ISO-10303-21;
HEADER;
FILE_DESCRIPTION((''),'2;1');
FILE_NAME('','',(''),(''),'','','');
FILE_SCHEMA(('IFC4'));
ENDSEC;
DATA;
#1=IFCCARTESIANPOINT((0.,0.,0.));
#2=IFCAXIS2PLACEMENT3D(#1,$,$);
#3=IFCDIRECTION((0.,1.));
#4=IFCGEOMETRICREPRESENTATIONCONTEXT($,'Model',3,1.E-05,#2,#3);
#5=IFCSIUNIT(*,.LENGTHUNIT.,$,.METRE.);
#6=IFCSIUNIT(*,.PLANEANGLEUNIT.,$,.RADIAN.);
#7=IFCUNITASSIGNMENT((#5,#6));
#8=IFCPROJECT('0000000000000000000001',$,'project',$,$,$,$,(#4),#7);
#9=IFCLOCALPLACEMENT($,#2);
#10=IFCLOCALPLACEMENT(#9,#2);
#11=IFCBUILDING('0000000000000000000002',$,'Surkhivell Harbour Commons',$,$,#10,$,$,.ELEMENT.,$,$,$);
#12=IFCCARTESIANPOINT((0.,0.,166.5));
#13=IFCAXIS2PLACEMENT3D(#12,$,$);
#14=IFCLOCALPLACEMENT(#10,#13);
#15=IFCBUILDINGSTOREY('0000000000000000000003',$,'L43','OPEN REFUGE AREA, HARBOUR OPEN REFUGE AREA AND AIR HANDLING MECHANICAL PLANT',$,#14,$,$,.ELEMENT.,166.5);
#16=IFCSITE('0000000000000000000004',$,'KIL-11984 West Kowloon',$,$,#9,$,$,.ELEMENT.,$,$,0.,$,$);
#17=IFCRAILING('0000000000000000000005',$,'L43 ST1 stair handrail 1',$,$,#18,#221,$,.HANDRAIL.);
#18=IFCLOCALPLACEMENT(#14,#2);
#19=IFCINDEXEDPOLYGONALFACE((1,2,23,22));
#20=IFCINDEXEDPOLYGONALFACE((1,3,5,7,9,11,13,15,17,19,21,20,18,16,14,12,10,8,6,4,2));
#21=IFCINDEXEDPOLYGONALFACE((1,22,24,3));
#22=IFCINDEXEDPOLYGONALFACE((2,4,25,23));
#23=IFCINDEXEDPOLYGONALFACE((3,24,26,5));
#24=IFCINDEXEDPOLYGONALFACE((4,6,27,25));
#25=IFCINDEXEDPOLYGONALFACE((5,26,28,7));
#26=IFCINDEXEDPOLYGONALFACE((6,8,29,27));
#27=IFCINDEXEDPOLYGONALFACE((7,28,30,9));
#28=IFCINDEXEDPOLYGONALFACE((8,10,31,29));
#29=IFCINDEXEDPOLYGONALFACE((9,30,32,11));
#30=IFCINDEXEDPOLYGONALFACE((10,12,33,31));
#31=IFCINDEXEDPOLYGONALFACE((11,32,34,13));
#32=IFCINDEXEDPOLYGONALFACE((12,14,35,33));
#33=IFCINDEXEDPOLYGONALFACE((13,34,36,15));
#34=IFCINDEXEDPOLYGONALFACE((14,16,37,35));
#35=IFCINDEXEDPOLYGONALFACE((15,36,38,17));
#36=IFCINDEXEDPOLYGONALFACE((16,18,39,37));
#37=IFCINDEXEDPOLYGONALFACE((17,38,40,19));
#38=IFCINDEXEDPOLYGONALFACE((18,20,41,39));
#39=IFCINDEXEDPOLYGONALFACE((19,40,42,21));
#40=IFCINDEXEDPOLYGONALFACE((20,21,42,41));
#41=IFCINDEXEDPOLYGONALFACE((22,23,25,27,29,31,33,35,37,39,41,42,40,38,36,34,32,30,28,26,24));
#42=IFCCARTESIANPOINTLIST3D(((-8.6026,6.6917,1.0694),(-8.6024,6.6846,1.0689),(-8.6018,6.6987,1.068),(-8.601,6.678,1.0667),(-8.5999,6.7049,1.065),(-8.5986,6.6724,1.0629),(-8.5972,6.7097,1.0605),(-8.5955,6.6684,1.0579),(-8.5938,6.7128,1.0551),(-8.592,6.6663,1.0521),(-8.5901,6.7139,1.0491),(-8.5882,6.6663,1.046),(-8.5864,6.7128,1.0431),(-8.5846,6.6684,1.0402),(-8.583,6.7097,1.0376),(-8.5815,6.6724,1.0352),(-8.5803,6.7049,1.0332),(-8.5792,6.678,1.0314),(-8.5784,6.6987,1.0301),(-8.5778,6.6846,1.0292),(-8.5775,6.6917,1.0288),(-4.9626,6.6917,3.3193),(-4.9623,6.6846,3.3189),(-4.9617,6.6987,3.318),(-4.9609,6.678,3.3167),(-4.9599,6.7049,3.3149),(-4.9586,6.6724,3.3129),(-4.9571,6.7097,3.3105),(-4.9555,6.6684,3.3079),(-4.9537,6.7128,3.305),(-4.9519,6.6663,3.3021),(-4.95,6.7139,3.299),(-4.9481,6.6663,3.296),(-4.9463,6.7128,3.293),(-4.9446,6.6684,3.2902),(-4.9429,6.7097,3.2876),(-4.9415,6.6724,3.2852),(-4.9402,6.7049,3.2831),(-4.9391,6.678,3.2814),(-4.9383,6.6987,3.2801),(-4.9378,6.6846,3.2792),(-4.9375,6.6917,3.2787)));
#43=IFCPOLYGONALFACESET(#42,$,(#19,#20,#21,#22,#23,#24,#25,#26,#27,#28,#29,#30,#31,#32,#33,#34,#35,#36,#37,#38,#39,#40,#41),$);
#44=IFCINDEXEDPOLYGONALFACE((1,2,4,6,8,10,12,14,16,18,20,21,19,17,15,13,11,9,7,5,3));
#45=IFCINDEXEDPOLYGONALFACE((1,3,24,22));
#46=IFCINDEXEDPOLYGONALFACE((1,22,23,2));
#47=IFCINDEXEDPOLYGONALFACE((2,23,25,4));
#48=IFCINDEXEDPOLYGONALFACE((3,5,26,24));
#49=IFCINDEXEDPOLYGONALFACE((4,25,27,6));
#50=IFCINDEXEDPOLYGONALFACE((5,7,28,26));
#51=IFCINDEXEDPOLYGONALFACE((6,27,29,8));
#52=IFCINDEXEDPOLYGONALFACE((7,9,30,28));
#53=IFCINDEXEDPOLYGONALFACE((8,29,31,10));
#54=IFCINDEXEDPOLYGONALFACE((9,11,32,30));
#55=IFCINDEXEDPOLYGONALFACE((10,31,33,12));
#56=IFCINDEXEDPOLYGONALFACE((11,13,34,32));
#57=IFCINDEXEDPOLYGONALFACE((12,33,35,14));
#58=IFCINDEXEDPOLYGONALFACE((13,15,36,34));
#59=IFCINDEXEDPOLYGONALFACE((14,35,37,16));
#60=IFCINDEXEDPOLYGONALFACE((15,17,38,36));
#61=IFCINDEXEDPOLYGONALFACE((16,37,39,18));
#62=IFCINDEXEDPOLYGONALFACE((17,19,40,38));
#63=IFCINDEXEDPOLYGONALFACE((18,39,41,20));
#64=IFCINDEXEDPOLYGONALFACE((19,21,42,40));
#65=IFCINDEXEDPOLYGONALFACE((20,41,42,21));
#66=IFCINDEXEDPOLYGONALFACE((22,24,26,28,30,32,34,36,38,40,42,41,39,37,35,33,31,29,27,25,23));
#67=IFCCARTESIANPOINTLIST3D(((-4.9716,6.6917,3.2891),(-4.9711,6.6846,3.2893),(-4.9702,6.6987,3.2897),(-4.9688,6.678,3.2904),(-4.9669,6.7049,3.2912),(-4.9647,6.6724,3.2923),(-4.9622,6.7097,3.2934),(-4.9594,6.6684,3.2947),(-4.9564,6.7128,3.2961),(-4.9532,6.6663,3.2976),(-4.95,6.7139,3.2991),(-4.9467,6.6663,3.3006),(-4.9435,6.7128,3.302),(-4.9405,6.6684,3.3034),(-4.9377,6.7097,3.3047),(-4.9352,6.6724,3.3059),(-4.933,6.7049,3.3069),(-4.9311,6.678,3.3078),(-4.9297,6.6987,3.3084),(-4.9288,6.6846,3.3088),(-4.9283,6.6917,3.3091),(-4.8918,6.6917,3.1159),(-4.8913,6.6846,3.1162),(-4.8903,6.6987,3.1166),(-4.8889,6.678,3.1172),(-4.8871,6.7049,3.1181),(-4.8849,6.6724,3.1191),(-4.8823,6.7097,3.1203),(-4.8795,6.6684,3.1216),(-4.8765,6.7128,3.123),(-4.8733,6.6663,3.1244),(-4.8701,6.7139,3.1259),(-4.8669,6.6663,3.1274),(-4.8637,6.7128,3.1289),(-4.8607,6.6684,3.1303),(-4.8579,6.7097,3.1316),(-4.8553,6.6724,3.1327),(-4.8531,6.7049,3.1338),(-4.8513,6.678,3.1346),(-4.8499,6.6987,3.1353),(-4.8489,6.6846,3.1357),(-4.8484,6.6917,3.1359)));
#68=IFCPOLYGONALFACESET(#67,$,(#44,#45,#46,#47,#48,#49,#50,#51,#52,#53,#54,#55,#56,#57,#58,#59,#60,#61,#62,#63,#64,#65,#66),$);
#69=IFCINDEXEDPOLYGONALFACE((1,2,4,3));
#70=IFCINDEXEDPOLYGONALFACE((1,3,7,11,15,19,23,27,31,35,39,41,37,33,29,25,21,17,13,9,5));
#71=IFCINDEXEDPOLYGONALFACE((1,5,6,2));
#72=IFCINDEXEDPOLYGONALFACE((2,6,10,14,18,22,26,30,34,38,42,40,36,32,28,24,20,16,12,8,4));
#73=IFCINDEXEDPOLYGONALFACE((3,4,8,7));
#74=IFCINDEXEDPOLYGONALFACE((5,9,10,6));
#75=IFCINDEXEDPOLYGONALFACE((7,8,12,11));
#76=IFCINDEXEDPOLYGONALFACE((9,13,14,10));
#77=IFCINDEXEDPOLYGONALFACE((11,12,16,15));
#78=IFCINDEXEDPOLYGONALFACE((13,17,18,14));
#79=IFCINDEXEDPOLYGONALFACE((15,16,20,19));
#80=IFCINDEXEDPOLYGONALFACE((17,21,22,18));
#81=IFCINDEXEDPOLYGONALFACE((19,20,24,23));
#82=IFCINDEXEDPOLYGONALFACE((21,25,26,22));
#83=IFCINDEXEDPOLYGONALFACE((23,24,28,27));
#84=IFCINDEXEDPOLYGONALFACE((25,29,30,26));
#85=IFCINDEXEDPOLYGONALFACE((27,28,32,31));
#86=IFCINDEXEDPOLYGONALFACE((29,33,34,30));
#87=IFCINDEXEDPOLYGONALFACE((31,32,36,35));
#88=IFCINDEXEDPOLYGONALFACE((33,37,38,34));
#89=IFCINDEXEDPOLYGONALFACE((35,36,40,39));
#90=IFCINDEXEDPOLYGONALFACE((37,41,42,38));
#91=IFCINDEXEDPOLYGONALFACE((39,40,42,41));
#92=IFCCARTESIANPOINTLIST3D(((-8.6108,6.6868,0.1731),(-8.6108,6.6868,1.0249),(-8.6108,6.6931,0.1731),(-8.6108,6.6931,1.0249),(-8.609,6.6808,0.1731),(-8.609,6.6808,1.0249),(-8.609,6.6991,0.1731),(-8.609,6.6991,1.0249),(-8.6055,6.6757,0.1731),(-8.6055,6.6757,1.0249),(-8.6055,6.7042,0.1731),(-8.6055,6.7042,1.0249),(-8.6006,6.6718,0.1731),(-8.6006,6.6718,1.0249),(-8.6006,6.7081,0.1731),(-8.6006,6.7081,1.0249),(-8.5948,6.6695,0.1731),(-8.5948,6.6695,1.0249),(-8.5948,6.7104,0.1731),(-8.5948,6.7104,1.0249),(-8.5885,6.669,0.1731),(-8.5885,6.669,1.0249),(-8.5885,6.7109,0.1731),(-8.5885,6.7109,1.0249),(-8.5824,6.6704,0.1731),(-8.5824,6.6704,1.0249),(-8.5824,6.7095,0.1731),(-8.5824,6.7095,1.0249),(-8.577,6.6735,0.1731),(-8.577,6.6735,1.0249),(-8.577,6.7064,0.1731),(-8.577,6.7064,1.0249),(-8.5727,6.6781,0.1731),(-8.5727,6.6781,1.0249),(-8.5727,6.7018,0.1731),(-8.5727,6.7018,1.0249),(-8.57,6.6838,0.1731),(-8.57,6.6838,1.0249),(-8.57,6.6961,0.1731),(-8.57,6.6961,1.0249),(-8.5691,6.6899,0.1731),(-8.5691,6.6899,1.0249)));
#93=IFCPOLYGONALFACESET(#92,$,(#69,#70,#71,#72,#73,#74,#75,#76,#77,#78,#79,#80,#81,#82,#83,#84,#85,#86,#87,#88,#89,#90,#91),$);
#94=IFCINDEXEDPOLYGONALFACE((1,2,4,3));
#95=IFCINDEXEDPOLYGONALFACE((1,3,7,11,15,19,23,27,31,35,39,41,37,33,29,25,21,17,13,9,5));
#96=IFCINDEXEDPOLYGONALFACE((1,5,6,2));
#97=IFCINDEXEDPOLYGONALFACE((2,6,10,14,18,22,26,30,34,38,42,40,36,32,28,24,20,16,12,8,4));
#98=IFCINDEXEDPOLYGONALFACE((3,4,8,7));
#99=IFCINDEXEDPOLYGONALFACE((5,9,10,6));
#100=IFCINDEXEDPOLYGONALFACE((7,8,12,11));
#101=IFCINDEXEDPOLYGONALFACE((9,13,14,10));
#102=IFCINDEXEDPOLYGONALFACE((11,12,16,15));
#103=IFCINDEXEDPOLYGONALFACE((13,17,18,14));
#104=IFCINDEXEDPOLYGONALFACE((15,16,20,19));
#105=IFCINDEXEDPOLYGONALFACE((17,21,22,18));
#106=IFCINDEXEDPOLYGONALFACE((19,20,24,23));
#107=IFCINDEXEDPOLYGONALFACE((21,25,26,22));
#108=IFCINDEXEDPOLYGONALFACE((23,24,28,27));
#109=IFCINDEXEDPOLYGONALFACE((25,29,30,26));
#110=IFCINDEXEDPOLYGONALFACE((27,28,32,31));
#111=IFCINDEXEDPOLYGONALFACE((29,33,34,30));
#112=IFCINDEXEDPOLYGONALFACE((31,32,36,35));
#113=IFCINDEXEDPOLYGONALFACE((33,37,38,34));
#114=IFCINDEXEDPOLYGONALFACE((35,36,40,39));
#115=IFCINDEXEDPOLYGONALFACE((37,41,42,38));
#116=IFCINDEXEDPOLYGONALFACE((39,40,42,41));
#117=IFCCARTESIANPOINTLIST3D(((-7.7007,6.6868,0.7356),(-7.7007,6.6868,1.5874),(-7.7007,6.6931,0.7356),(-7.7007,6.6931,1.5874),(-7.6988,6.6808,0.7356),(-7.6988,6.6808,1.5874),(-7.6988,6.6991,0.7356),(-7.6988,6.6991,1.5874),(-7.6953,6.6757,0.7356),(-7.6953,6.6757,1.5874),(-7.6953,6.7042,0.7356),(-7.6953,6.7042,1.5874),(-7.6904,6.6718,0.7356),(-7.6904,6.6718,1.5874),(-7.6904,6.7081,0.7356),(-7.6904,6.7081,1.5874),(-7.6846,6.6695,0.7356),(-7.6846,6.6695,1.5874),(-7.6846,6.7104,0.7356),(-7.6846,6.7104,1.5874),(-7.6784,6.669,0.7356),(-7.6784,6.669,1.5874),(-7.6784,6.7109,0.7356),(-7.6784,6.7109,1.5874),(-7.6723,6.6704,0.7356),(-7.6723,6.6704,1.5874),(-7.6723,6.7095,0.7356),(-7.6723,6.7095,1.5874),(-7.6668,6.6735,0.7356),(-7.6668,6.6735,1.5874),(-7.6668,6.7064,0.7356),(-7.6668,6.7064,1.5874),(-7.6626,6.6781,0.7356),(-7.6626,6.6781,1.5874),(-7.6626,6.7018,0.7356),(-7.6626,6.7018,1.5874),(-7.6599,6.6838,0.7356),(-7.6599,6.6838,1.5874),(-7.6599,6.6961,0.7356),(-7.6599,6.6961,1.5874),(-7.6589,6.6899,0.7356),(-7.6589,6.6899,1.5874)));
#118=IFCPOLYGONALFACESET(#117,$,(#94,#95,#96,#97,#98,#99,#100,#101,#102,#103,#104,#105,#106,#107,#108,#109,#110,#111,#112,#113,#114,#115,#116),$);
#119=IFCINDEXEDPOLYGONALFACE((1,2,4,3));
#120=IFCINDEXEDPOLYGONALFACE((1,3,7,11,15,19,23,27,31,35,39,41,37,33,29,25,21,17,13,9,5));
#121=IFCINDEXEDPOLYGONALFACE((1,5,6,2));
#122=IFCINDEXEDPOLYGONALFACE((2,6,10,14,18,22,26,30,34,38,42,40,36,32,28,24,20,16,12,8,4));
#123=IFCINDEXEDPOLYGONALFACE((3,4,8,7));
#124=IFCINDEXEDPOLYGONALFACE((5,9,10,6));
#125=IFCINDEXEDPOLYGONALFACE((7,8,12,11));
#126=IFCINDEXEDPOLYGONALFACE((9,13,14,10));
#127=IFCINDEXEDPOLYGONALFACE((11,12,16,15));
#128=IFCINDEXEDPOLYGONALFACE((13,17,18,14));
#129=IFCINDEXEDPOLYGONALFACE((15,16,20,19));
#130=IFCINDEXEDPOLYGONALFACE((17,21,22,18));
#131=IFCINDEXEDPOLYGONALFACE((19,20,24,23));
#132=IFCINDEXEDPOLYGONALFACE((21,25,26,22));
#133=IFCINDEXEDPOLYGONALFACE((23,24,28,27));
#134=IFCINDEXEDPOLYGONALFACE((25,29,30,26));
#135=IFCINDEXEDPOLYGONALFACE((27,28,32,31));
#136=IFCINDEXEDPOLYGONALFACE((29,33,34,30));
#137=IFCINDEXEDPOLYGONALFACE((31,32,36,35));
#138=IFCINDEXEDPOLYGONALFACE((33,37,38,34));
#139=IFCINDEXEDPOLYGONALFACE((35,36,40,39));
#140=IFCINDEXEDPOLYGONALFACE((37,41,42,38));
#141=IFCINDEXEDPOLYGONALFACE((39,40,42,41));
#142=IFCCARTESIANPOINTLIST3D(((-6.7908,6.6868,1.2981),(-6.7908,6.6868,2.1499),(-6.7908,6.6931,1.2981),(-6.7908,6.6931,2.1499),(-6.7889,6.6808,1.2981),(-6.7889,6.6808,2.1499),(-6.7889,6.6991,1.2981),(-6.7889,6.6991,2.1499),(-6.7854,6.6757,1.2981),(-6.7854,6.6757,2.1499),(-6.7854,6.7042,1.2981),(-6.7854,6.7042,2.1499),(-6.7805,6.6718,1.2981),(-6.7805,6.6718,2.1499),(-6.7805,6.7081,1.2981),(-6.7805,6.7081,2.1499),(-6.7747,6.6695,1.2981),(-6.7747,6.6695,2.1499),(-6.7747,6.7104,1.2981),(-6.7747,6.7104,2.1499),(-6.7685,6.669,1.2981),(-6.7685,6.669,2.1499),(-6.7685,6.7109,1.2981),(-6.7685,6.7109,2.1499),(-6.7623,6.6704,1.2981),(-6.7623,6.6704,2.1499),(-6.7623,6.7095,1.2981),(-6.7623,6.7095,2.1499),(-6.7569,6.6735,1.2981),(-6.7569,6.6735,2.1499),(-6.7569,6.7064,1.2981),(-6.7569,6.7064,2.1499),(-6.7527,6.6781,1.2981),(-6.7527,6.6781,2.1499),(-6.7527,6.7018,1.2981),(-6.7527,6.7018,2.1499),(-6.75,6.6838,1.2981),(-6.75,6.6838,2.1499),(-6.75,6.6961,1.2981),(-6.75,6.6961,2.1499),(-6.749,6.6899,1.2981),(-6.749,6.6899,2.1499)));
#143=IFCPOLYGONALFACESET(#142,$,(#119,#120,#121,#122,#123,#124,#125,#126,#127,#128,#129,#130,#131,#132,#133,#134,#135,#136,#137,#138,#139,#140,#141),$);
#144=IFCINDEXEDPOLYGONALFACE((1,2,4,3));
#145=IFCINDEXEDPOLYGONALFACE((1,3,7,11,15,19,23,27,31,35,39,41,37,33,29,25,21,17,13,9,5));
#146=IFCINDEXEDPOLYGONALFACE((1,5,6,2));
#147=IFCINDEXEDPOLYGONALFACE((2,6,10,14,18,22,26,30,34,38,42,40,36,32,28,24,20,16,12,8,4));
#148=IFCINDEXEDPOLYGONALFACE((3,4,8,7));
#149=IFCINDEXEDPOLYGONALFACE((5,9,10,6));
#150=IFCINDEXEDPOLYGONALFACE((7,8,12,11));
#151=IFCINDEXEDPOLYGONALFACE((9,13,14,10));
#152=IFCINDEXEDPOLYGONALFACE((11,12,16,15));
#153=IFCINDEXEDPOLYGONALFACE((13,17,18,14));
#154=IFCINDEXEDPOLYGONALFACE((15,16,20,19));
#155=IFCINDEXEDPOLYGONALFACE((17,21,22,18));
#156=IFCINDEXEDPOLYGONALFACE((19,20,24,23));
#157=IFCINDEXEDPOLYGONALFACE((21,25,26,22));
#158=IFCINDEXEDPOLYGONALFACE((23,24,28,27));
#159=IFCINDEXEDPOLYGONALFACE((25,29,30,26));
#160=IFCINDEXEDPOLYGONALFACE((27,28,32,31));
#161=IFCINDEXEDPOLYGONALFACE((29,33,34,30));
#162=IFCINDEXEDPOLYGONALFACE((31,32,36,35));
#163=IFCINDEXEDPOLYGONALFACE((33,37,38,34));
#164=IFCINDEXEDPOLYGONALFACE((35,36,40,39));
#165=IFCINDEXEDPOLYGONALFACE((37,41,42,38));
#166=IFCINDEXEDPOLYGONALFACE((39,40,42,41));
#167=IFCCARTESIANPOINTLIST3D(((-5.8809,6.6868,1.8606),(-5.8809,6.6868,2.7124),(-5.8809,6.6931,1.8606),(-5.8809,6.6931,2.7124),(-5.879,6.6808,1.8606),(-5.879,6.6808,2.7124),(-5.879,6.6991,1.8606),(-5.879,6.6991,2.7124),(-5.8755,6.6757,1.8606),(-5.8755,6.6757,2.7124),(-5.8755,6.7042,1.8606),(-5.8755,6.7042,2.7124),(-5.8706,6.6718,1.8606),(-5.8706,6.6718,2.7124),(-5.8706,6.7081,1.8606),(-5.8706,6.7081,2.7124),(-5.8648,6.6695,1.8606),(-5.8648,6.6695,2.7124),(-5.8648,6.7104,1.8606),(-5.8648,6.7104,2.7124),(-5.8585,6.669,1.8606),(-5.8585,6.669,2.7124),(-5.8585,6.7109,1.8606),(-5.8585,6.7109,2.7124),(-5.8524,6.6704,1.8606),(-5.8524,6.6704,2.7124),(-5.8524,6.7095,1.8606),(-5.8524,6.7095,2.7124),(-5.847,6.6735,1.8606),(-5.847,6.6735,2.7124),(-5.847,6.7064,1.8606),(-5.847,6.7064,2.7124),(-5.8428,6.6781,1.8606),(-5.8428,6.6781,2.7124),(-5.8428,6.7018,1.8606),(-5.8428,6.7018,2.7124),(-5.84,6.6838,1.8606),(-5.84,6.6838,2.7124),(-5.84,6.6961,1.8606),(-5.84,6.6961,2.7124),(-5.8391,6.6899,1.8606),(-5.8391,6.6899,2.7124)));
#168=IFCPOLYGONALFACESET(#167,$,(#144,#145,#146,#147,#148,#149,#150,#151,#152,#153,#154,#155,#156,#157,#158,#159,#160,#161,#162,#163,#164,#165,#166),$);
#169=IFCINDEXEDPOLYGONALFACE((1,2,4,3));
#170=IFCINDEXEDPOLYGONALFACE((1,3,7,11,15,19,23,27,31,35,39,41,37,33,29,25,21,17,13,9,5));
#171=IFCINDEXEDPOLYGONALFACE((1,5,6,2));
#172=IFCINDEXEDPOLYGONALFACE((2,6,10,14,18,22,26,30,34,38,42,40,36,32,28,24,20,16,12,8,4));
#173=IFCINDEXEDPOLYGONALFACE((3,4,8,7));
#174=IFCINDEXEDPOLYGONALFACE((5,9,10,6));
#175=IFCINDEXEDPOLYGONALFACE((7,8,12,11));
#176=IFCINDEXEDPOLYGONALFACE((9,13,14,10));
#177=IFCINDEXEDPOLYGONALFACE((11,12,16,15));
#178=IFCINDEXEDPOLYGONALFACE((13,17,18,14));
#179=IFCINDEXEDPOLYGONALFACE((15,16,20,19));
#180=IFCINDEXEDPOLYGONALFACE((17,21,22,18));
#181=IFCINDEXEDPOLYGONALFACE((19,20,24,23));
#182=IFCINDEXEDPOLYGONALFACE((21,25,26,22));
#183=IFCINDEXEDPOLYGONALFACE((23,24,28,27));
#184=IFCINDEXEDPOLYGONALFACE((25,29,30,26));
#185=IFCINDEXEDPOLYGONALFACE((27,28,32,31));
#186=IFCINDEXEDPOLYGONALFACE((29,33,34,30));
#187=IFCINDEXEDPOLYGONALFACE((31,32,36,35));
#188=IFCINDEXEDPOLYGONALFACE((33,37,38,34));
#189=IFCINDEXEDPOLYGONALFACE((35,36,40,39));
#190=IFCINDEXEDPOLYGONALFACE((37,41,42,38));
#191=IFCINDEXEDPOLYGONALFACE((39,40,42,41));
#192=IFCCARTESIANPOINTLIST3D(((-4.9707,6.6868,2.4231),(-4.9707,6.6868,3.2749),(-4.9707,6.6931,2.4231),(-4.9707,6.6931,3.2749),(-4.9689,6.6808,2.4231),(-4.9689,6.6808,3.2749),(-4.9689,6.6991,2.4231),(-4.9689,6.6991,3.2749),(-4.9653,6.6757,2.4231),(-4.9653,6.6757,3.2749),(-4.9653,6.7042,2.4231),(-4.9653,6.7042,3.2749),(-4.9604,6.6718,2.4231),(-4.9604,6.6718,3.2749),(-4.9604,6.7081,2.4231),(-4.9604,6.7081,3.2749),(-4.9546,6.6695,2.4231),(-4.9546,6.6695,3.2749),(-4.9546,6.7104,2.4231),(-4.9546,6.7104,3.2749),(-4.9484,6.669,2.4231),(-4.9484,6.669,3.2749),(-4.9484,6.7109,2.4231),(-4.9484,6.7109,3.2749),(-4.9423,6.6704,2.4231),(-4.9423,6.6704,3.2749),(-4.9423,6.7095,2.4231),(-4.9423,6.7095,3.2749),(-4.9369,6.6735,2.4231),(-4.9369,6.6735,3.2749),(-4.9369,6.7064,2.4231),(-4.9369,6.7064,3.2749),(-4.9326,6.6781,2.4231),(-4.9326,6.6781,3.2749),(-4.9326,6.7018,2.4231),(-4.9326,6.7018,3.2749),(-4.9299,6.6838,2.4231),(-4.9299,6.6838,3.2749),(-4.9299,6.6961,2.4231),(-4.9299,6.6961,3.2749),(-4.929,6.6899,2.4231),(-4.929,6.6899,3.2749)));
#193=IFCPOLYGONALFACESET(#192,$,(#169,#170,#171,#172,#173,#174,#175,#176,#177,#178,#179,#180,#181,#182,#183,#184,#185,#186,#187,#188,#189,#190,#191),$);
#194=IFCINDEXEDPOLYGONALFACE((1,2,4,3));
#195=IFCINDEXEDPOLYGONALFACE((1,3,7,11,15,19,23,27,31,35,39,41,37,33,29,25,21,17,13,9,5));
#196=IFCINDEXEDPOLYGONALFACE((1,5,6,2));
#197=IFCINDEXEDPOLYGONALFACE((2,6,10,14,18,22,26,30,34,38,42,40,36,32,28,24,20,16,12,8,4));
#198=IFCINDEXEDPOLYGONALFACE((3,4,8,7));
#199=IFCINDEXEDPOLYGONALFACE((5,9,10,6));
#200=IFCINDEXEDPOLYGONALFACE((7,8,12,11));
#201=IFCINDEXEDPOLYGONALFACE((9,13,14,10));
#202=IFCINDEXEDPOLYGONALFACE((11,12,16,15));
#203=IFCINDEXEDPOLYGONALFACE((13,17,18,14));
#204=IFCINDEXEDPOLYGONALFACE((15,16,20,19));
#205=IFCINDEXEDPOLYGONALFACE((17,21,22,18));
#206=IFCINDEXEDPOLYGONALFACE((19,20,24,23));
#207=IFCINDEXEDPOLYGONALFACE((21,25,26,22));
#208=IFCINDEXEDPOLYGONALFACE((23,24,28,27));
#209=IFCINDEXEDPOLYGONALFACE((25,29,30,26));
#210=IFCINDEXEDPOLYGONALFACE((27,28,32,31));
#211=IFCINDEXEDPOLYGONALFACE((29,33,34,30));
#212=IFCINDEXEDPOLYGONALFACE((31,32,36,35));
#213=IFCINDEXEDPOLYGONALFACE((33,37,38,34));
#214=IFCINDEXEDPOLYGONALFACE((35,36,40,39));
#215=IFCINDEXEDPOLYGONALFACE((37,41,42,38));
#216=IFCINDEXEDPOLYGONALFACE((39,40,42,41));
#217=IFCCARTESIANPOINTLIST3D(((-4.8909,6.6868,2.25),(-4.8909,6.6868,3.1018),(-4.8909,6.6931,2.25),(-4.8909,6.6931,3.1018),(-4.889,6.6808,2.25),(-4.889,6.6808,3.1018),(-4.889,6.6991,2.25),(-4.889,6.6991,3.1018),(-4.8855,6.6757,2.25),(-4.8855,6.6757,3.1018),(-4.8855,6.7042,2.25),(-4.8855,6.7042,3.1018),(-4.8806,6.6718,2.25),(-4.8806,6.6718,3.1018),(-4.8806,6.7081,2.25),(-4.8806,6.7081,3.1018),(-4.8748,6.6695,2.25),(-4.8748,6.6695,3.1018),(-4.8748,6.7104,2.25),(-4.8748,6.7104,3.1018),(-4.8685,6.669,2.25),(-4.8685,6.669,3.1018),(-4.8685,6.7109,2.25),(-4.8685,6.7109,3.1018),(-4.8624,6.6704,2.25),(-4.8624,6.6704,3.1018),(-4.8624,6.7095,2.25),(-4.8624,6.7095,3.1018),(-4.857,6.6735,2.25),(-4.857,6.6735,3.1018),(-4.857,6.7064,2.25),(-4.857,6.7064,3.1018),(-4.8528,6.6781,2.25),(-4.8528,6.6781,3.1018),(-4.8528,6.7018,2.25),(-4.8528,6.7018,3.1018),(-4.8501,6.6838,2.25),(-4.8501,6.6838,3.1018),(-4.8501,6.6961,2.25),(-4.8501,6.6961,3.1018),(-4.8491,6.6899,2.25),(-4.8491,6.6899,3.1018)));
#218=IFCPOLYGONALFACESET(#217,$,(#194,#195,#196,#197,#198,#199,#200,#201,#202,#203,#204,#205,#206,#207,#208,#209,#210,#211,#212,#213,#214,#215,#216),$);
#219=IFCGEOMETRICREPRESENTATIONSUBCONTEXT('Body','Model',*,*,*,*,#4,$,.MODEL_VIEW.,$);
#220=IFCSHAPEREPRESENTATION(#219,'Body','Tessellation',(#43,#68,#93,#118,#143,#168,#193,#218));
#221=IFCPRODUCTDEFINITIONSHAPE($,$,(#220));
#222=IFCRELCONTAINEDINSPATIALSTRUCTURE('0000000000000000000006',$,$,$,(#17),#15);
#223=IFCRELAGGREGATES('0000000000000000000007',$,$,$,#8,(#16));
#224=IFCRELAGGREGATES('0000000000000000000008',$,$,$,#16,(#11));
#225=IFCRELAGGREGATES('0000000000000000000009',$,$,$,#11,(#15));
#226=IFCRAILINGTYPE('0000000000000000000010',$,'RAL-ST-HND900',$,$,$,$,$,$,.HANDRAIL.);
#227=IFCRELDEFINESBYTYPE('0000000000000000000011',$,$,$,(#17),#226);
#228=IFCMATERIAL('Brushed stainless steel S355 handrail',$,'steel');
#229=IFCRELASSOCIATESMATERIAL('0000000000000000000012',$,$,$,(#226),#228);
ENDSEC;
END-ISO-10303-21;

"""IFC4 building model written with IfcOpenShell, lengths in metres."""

from ifc_helpers import new_model, si_unit, direction, frame, origin, origin_2d, place, context, subcontext, project, spatial, circle, extrude, material, type_object, element, save


model = new_model("IFC4")

# Units and contexts
model_context = context("Model", 3, precision=1e-05, world=origin(), true_north=direction((0.0, 1.0)))
body_context = subcontext(model_context, "Body", "Model", "MODEL_VIEW")
ifc_project = project(units=[si_unit("LENGTHUNIT", "METRE"), si_unit("PLANEANGLEUNIT", "RADIAN")], contexts=[model_context])

# Site, building, storey
site_placement = place(None, origin())
site = spatial("IfcSite", under=ifc_project, at=site_placement, Name="KIL-11984 West Kowloon", CompositionType="ELEMENT", RefElevation=0.0)
building_placement = place(site_placement, origin())
building = spatial("IfcBuilding", under=site, at=building_placement, Name="Surkhivell Harbour Commons", CompositionType="ELEMENT")
storey_placement = place(building_placement, frame((0.0, 0.0, 166.5)))
storey = spatial("IfcBuildingStorey", under=building, at=storey_placement, Name="L43", Description="OPEN REFUGE AREA, HARBOUR OPEN REFUGE AREA AND AIR HANDLING MECHANICAL PLANT", CompositionType="ELEMENT", Elevation=166.5)

# Railing
ifc_material_1 = material(Name="Brushed stainless steel S355 handrail", Category="steel")
railing_type_1 = type_object("IfcRailingType", Name="RAL-ST-HND900", PredefinedType="HANDRAIL", material=ifc_material_1)
railing_1_placement = place(storey_placement, frame((-8.5901, 6.6899, 0.1731)))
element("IfcRailing", 1, at=railing_1_placement, inside=storey, type_object=railing_type_1, Name="L43 ST1 stair handrail 1", PredefinedType="HANDRAIL", context=body_context, shape_type="SweptSolid", body=[
    extrude(circle(Radius=0.0239, at=origin_2d()), frame((0.0, 0.0, 0.876), z_axis=(0.850622, 0.0, 0.525777), x_axis=(0.0, 1.0, 0.0)), (0.0, 0.0, 1.0), 4.2793),
    extrude(circle(Radius=0.0239, at=origin_2d()), frame((3.6401, 0.0, 3.126), z_axis=(0.418815, 0.0, -0.908072), x_axis=(0.0, 1.0, 0.0)), (0.0, 0.0, 1.0), 0.1907),
    extrude(circle(Radius=0.021, at=origin_2d()), origin(), (0.0, 0.0, 1.0), 0.8518),
    extrude(circle(Radius=0.021, at=origin_2d()), frame((0.9102, 0.0, 0.5625)), (0.0, 0.0, 1.0), 0.8518),
    extrude(circle(Radius=0.021, at=origin_2d()), frame((1.8201, 0.0, 1.125)), (0.0, 0.0, 1.0), 0.8518),
    extrude(circle(Radius=0.021, at=origin_2d()), frame((2.73, 0.0, 1.6875)), (0.0, 0.0, 1.0), 0.8518),
    extrude(circle(Radius=0.021, at=origin_2d()), frame((3.6401, 0.0, 2.25)), (0.0, 0.0, 1.0), 0.8518),
    extrude(circle(Radius=0.021, at=origin_2d()), frame((3.72, 0.0, 2.0769)), (0.0, 0.0, 1.0), 0.8518),
])

save(model, "model.ifc")
